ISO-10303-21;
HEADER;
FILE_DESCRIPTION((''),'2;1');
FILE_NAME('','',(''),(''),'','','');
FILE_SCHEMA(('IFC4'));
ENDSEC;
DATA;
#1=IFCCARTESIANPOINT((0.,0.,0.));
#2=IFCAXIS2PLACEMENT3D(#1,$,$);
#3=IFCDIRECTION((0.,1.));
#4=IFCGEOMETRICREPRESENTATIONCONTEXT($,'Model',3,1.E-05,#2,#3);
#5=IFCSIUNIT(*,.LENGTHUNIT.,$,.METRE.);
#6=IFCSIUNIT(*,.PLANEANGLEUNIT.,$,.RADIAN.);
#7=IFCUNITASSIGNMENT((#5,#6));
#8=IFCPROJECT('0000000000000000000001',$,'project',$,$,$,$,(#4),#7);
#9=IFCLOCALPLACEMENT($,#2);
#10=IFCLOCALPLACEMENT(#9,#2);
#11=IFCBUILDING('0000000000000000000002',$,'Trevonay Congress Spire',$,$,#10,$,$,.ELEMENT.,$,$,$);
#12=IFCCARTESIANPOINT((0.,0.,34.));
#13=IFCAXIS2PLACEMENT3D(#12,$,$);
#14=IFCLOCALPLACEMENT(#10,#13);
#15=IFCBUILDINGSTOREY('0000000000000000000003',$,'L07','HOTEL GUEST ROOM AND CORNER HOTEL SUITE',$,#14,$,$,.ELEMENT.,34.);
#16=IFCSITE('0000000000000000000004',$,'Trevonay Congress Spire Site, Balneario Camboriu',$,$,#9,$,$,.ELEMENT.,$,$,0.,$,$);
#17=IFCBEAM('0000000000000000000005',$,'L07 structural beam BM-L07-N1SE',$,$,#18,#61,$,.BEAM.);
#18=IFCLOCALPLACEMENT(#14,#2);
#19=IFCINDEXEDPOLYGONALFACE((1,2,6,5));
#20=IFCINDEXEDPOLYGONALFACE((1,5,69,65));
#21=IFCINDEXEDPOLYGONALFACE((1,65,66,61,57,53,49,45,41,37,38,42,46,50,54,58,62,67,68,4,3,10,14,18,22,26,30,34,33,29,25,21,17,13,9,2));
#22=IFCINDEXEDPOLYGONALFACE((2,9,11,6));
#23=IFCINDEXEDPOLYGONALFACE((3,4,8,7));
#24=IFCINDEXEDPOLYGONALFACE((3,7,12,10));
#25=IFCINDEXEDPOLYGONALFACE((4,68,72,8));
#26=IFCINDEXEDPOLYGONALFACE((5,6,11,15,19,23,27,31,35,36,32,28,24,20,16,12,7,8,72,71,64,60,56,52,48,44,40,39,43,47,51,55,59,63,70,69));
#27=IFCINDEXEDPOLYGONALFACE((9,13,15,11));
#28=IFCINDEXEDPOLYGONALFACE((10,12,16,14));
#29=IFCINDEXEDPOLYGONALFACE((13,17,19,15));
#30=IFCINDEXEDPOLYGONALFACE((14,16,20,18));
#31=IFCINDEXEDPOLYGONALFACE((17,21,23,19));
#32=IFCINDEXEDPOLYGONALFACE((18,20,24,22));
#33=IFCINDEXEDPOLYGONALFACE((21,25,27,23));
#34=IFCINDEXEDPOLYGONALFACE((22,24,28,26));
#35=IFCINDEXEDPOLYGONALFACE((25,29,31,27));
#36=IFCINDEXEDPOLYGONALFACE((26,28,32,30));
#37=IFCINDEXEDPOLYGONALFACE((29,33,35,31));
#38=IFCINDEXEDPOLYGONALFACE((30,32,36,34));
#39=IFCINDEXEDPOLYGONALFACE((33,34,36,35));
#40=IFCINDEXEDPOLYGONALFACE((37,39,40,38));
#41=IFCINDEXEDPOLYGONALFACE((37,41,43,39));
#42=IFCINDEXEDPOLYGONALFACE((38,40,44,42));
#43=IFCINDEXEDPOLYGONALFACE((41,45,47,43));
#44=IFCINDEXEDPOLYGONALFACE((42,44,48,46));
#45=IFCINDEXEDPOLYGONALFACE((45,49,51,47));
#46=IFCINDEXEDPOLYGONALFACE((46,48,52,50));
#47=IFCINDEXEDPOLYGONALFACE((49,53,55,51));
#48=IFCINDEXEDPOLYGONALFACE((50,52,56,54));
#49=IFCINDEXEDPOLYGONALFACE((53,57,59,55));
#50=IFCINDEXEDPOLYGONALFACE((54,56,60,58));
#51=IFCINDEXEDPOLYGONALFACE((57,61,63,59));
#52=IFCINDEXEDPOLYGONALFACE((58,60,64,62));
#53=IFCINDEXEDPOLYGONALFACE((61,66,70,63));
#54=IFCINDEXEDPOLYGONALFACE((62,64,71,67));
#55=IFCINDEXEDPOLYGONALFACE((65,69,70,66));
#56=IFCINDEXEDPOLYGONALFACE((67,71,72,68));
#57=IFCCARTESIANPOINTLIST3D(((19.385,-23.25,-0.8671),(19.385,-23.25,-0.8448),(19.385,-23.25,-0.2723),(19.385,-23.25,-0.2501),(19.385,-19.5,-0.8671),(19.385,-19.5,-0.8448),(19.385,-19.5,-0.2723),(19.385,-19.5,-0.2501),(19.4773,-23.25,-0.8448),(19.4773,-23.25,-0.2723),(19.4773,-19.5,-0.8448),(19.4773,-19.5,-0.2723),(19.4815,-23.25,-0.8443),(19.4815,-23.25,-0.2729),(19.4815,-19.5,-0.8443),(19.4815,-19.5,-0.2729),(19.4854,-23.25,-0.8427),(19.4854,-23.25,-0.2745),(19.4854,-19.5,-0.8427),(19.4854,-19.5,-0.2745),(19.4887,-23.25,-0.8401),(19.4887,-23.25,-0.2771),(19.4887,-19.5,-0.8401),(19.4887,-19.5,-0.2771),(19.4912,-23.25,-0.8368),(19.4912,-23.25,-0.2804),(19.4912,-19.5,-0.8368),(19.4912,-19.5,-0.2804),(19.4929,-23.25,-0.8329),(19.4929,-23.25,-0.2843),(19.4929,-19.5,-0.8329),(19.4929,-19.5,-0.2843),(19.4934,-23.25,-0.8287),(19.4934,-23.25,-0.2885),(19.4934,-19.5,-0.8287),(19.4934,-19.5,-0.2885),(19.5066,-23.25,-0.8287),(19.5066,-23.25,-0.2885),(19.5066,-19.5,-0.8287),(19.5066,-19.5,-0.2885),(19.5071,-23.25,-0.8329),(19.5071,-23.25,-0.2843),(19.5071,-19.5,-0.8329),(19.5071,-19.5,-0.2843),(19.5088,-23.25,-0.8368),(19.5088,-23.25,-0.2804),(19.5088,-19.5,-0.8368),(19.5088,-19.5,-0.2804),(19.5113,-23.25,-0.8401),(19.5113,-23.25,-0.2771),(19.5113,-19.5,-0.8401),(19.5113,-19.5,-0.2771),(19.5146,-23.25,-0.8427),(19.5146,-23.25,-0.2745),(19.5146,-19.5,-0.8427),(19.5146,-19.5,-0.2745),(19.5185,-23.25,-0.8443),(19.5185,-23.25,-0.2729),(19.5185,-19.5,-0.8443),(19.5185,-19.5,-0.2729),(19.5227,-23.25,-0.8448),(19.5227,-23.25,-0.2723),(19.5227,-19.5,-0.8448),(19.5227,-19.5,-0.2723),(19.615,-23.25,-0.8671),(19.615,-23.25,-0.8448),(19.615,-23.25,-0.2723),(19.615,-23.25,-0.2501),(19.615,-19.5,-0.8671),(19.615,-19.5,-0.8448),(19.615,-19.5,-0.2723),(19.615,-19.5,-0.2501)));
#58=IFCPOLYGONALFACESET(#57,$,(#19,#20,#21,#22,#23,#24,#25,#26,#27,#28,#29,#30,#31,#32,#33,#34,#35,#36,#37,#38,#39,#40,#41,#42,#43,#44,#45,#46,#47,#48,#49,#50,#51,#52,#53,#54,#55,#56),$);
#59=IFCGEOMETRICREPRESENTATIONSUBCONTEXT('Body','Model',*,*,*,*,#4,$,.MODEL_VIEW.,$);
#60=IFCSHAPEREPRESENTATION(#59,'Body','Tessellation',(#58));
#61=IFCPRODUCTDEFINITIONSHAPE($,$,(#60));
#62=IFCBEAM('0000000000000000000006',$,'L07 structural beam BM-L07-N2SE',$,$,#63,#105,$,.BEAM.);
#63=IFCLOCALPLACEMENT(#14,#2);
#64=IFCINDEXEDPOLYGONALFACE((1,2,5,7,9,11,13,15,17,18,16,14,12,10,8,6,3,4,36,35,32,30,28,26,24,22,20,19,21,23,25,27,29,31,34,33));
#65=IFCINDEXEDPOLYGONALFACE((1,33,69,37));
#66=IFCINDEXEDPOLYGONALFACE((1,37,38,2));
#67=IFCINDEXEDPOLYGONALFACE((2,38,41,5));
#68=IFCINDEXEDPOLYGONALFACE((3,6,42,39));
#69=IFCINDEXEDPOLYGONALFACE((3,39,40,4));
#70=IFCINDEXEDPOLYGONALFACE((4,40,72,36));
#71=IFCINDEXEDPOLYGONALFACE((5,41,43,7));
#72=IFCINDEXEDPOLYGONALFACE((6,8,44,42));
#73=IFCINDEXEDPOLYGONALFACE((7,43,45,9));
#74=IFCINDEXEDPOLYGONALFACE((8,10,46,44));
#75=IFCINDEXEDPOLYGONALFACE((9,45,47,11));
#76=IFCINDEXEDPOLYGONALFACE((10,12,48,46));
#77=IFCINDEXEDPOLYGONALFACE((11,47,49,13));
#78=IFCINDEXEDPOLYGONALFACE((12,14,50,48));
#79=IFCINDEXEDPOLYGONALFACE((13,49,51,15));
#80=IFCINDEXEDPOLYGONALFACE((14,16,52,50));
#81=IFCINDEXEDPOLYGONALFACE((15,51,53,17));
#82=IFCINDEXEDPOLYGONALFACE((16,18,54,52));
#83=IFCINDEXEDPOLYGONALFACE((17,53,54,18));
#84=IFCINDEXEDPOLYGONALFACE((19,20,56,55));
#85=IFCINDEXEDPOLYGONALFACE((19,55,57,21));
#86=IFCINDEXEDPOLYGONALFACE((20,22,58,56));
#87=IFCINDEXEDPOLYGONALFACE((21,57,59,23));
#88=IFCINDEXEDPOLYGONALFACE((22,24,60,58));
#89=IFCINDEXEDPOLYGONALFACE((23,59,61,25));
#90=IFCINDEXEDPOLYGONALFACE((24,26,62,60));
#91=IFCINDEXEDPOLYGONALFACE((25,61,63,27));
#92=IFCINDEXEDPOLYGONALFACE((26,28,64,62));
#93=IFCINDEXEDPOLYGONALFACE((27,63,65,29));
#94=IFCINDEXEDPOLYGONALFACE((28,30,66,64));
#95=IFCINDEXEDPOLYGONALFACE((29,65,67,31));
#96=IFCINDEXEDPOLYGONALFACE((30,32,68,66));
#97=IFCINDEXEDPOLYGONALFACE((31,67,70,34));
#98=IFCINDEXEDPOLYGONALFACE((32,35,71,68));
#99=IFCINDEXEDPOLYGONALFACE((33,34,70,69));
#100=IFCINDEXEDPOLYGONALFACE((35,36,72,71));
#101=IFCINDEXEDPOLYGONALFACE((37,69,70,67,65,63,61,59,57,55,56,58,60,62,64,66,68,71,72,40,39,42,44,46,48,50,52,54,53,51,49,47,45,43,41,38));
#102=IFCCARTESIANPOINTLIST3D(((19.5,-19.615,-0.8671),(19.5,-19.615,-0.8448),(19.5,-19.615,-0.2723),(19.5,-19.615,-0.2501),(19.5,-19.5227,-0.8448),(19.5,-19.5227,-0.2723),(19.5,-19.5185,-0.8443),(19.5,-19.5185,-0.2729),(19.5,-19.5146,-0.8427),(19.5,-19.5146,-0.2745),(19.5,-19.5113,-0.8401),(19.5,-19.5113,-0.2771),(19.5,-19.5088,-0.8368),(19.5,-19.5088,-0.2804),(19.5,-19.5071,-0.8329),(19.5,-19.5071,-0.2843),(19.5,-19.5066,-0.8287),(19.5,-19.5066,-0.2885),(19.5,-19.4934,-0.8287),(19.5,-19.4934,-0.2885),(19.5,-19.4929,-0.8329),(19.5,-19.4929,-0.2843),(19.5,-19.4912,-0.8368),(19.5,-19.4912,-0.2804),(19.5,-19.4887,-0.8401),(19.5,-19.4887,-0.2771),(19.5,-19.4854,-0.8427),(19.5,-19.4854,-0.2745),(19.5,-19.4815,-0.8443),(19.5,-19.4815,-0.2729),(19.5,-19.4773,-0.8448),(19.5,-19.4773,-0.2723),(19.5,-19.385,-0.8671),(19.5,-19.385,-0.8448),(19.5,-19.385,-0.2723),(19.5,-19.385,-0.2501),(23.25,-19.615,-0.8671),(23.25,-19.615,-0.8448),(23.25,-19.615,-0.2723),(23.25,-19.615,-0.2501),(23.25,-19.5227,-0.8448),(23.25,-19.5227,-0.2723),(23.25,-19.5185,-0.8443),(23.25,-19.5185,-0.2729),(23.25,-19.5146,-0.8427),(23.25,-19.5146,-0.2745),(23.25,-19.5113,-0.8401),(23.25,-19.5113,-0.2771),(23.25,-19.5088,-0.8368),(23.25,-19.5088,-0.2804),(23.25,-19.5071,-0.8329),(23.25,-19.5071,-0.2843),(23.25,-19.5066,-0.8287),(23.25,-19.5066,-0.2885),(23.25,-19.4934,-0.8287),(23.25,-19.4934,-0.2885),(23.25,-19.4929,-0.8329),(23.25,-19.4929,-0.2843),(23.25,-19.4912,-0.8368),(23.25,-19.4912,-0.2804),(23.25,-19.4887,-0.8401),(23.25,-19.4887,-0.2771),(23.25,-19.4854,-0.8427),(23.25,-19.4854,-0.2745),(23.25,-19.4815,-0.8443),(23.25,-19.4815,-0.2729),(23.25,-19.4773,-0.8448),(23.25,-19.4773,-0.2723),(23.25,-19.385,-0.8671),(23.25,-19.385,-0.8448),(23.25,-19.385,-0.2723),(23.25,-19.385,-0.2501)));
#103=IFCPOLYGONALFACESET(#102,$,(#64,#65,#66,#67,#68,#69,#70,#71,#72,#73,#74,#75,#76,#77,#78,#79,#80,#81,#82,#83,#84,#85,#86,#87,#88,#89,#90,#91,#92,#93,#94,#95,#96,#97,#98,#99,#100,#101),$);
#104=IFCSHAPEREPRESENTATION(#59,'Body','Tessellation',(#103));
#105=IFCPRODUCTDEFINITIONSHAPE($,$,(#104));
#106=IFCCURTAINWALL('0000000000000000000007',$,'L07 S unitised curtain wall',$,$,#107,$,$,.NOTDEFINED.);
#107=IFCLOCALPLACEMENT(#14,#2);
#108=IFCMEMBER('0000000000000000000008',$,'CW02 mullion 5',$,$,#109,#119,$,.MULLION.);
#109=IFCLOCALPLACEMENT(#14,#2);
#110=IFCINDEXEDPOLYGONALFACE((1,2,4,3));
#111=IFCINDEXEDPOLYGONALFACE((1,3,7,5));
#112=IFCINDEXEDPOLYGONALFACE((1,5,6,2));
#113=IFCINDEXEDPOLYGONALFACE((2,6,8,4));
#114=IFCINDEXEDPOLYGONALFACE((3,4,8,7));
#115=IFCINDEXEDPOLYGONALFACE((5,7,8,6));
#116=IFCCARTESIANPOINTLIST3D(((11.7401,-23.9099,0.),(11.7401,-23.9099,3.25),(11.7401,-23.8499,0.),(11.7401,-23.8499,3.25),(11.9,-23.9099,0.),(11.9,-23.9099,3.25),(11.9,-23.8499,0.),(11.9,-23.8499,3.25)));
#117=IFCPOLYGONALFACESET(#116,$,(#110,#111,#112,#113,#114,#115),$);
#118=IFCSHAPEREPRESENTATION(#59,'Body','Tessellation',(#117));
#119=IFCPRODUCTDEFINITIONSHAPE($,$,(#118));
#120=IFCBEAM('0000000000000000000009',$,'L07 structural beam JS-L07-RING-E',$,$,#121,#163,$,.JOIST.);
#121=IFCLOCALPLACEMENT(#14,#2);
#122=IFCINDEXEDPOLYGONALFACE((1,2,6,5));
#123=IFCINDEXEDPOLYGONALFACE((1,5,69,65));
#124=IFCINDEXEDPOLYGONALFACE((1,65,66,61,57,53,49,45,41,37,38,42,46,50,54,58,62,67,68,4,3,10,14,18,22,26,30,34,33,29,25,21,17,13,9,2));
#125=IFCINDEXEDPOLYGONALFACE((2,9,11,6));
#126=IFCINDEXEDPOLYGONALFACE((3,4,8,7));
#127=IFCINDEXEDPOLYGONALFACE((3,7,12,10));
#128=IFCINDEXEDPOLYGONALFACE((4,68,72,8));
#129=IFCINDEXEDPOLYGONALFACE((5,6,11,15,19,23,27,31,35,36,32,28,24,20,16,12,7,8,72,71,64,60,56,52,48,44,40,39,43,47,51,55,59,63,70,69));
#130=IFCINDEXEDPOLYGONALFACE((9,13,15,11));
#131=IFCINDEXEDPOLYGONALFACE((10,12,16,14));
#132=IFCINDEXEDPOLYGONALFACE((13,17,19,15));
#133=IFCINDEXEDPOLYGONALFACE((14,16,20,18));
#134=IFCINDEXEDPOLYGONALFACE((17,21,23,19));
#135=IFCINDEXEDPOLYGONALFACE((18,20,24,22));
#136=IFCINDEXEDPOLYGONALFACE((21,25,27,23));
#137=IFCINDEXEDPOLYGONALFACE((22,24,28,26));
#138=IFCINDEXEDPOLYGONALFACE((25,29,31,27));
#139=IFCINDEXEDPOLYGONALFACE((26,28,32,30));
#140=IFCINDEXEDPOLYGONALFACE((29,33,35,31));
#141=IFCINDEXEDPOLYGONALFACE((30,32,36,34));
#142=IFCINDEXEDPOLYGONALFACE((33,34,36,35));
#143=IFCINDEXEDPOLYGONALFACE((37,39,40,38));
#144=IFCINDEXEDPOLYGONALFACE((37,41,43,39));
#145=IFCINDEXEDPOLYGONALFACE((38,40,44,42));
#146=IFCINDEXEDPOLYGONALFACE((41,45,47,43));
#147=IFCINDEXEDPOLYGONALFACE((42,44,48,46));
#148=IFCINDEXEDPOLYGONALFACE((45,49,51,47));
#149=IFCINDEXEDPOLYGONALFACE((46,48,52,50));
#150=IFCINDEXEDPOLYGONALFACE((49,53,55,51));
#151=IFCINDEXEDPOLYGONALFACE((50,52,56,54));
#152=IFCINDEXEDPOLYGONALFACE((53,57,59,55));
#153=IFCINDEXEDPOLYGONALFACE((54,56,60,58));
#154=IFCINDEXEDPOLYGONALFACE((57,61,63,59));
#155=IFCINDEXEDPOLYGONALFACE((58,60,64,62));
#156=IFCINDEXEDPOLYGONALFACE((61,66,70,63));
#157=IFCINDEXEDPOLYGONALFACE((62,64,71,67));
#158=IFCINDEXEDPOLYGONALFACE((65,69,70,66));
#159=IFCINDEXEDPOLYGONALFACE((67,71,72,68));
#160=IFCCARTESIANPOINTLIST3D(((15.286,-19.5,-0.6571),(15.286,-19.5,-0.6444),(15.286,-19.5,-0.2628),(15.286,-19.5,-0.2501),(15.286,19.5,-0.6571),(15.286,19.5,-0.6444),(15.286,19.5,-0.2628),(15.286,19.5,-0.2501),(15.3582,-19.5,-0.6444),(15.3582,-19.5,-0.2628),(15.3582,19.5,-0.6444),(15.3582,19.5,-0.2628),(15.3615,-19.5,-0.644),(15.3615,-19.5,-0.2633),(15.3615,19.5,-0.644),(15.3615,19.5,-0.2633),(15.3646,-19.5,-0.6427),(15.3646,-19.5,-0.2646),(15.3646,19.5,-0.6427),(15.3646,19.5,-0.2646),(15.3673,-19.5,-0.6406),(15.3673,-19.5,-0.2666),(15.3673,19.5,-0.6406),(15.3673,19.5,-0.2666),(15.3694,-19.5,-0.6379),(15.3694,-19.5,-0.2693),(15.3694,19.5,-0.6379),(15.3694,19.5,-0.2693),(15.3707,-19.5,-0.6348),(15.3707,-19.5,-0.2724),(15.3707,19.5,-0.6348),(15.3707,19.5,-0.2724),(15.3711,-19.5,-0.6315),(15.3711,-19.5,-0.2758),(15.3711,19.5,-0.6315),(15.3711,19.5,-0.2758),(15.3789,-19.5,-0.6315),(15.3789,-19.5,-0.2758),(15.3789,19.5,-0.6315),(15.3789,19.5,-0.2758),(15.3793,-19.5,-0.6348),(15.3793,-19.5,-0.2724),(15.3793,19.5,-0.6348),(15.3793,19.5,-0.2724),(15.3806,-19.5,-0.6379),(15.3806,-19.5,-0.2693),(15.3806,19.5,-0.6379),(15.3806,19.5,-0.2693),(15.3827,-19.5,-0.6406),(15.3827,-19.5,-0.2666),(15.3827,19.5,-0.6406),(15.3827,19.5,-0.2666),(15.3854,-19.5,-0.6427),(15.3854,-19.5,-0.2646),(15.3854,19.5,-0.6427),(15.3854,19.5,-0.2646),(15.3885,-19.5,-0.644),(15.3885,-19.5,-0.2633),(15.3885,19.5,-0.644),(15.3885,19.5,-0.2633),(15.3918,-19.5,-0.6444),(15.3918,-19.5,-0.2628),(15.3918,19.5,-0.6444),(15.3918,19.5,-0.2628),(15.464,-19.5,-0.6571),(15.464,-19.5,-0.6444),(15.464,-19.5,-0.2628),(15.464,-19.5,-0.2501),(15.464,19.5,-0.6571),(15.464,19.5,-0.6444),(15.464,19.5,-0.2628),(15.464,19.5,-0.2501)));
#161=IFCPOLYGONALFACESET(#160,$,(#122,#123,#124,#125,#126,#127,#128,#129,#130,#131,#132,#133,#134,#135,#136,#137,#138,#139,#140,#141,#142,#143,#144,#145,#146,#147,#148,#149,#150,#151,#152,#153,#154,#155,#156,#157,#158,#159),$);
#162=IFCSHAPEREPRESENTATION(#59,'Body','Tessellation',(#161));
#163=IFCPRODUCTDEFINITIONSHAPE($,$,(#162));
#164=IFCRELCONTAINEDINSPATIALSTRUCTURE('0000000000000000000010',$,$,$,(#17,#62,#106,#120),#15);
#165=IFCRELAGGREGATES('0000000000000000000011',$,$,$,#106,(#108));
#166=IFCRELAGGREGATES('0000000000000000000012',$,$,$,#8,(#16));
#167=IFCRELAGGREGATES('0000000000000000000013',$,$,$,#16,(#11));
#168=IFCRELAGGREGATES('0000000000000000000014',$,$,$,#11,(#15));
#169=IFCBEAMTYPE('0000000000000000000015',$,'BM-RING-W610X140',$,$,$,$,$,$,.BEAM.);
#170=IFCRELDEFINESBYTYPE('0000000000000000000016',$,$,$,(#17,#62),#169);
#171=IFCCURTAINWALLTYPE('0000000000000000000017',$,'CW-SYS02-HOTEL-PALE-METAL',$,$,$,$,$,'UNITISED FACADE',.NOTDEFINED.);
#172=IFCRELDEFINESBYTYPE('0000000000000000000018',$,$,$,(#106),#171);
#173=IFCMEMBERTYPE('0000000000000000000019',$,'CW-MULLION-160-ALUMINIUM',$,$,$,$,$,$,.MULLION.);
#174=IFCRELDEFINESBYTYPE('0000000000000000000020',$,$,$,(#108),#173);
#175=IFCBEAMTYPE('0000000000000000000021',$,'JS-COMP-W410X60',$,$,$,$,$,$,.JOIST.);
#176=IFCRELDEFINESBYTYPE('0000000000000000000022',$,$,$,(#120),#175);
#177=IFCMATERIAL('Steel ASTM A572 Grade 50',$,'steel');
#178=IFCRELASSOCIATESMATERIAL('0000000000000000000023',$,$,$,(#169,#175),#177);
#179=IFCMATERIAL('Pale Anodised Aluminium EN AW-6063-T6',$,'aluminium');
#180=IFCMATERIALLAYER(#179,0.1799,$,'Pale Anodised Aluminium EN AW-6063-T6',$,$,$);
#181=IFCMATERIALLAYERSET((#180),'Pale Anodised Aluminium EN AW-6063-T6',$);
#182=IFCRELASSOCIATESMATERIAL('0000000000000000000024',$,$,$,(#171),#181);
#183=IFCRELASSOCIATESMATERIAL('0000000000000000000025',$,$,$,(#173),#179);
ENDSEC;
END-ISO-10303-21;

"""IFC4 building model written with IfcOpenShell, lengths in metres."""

from ifc_helpers import new_model, si_unit, direction, frame, origin, origin_2d, place, context, subcontext, project, spatial, rectangle, i_section, extrude, material, layer, layer_set, material_profile, profile_set, type_object, element, aggregate, save


model = new_model("IFC4")

# Units and contexts
model_context = context("Model", 3, precision=1e-05, world=origin(), true_north=direction((0.0, 1.0)))
body_context = subcontext(model_context, "Body", "Model", "MODEL_VIEW")
ifc_project = project(units=[si_unit("LENGTHUNIT", "METRE"), si_unit("PLANEANGLEUNIT", "RADIAN")], contexts=[model_context])

# Site, building, storey
site_placement = place(None, origin())
site = spatial("IfcSite", under=ifc_project, at=site_placement, Name="Trevonay Congress Spire Site, Balneario Camboriu", CompositionType="ELEMENT", RefElevation=0.0)
building_placement = place(site_placement, origin())
building = spatial("IfcBuilding", under=site, at=building_placement, Name="Trevonay Congress Spire", CompositionType="ELEMENT")
storey_placement = place(building_placement, frame((0.0, 0.0, 34.0)))
storey = spatial("IfcBuildingStorey", under=building, at=storey_placement, Name="L07", Description="HOTEL GUEST ROOM AND CORNER HOTEL SUITE", CompositionType="ELEMENT", Elevation=34.0)

# Shared definitions
ifc_material_1 = material(Name="Steel ASTM A572 Grade 50", Category="steel")

# Beams
ifc_material_profile_1 = material_profile(ifc_material_1, i_section(OverallWidth=0.23, OverallDepth=0.6169, WebThickness=0.0132, FlangeThickness=0.0222, FilletRadius=0.0161, at=origin_2d()), Name="W610x140")
ifc_profile_set_1 = profile_set([ifc_material_profile_1], Name="Steel ASTM A572 Grade 50")
beam_type_1 = type_object("IfcBeamType", Name="BM-RING-W610X140", PredefinedType="BEAM", material=ifc_profile_set_1)
for number, where, z_axis, x_axis, name in (
    (1, (19.5, -23.25, -0.5586), (0.0, 1.0, 0.0), (-1.0, 0.0, 0.0), "L07 structural beam BM-L07-N1SE"),
    (2, (23.25, -19.5, -0.5586), (-1.0, 0.0, 0.0), (0.0, -1.0, 0.0), "L07 structural beam BM-L07-N2SE"),
):
    element("IfcBeam", number, at=place(storey_placement, frame(where, z_axis=z_axis, x_axis=x_axis)), inside=storey, type_object=beam_type_1, Name=name, PredefinedType="BEAM", context=body_context, shape_type="SweptSolid", body=[
        extrude(i_section(OverallWidth=0.23, OverallDepth=0.6169, WebThickness=0.0132, FlangeThickness=0.0222, FilletRadius=0.0161, at=origin_2d()), origin(), (0.0, 0.0, 1.0), 3.75),
    ])

# Curtain wall, member
ifc_material_2 = material(Name="Pale Anodised Aluminium EN AW-6063-T6", Category="aluminium")
ifc_layer_1 = layer(ifc_material_2, 0.1799, Name="Pale Anodised Aluminium EN AW-6063-T6")
ifc_layer_set_1 = layer_set([ifc_layer_1], Name="Pale Anodised Aluminium EN AW-6063-T6")
curtain_wall_type = type_object("IfcCurtainWallType", Name="CW-SYS02-HOTEL-PALE-METAL", ElementType="UNITISED FACADE", PredefinedType="NOTDEFINED", material=ifc_layer_set_1)
curtain_wall_placement = place(storey_placement, origin())
curtain_wall = element("IfcCurtainWall", 3, at=curtain_wall_placement, inside=storey, type_object=curtain_wall_type, Name="L07 S unitised curtain wall", PredefinedType="NOTDEFINED")
ifc_material_profile_2 = material_profile(ifc_material_2, rectangle(XDim=0.0601, YDim=0.1599, at=origin_2d()), Name="CW-MULLION-160-ALUMINIUM")
ifc_profile_set_2 = profile_set([ifc_material_profile_2], Name="Pale Anodised Aluminium EN AW-6063-T6")
member_type_1 = type_object("IfcMemberType", Name="CW-MULLION-160-ALUMINIUM", PredefinedType="MULLION", material=ifc_profile_set_2)
member_placement = place(storey_placement, frame((11.8201, -23.8799, 0.0), z_axis=(0.0, 0.0, 1.0), x_axis=(0.0, 1.0, 0.0)))
member = element("IfcMember", 4, at=member_placement, type_object=member_type_1, Name="CW02 mullion 5", PredefinedType="MULLION", context=body_context, shape_type="SweptSolid", body=[
    extrude(rectangle(XDim=0.0601, YDim=0.1599, at=origin_2d()), origin(), (0.0, 0.0, 1.0), 3.25),
])

# Beam
ifc_material_profile_3 = material_profile(ifc_material_1, i_section(OverallWidth=0.178, OverallDepth=0.407, WebThickness=0.0078, FlangeThickness=0.0127, FilletRadius=0.0129, at=origin_2d()), Name="W410x60")
ifc_profile_set_3 = profile_set([ifc_material_profile_3], Name="Steel ASTM A572 Grade 50")
beam_type_2 = type_object("IfcBeamType", Name="JS-COMP-W410X60", PredefinedType="JOIST", material=ifc_profile_set_3)
beam_placement = place(storey_placement, frame((15.375, -19.5, -0.4536), z_axis=(0.0, 1.0, 0.0), x_axis=(-1.0, 0.0, 0.0)))
element("IfcBeam", 5, at=beam_placement, inside=storey, type_object=beam_type_2, Name="L07 structural beam JS-L07-RING-E", PredefinedType="JOIST", context=body_context, shape_type="SweptSolid", body=[
    extrude(i_section(OverallWidth=0.178, OverallDepth=0.407, WebThickness=0.0078, FlangeThickness=0.0127, FilletRadius=0.0129, at=origin_2d()), origin(), (0.0, 0.0, 1.0), 39.0),
])

aggregate(curtain_wall, [member])

save(model, "model.ifc")
